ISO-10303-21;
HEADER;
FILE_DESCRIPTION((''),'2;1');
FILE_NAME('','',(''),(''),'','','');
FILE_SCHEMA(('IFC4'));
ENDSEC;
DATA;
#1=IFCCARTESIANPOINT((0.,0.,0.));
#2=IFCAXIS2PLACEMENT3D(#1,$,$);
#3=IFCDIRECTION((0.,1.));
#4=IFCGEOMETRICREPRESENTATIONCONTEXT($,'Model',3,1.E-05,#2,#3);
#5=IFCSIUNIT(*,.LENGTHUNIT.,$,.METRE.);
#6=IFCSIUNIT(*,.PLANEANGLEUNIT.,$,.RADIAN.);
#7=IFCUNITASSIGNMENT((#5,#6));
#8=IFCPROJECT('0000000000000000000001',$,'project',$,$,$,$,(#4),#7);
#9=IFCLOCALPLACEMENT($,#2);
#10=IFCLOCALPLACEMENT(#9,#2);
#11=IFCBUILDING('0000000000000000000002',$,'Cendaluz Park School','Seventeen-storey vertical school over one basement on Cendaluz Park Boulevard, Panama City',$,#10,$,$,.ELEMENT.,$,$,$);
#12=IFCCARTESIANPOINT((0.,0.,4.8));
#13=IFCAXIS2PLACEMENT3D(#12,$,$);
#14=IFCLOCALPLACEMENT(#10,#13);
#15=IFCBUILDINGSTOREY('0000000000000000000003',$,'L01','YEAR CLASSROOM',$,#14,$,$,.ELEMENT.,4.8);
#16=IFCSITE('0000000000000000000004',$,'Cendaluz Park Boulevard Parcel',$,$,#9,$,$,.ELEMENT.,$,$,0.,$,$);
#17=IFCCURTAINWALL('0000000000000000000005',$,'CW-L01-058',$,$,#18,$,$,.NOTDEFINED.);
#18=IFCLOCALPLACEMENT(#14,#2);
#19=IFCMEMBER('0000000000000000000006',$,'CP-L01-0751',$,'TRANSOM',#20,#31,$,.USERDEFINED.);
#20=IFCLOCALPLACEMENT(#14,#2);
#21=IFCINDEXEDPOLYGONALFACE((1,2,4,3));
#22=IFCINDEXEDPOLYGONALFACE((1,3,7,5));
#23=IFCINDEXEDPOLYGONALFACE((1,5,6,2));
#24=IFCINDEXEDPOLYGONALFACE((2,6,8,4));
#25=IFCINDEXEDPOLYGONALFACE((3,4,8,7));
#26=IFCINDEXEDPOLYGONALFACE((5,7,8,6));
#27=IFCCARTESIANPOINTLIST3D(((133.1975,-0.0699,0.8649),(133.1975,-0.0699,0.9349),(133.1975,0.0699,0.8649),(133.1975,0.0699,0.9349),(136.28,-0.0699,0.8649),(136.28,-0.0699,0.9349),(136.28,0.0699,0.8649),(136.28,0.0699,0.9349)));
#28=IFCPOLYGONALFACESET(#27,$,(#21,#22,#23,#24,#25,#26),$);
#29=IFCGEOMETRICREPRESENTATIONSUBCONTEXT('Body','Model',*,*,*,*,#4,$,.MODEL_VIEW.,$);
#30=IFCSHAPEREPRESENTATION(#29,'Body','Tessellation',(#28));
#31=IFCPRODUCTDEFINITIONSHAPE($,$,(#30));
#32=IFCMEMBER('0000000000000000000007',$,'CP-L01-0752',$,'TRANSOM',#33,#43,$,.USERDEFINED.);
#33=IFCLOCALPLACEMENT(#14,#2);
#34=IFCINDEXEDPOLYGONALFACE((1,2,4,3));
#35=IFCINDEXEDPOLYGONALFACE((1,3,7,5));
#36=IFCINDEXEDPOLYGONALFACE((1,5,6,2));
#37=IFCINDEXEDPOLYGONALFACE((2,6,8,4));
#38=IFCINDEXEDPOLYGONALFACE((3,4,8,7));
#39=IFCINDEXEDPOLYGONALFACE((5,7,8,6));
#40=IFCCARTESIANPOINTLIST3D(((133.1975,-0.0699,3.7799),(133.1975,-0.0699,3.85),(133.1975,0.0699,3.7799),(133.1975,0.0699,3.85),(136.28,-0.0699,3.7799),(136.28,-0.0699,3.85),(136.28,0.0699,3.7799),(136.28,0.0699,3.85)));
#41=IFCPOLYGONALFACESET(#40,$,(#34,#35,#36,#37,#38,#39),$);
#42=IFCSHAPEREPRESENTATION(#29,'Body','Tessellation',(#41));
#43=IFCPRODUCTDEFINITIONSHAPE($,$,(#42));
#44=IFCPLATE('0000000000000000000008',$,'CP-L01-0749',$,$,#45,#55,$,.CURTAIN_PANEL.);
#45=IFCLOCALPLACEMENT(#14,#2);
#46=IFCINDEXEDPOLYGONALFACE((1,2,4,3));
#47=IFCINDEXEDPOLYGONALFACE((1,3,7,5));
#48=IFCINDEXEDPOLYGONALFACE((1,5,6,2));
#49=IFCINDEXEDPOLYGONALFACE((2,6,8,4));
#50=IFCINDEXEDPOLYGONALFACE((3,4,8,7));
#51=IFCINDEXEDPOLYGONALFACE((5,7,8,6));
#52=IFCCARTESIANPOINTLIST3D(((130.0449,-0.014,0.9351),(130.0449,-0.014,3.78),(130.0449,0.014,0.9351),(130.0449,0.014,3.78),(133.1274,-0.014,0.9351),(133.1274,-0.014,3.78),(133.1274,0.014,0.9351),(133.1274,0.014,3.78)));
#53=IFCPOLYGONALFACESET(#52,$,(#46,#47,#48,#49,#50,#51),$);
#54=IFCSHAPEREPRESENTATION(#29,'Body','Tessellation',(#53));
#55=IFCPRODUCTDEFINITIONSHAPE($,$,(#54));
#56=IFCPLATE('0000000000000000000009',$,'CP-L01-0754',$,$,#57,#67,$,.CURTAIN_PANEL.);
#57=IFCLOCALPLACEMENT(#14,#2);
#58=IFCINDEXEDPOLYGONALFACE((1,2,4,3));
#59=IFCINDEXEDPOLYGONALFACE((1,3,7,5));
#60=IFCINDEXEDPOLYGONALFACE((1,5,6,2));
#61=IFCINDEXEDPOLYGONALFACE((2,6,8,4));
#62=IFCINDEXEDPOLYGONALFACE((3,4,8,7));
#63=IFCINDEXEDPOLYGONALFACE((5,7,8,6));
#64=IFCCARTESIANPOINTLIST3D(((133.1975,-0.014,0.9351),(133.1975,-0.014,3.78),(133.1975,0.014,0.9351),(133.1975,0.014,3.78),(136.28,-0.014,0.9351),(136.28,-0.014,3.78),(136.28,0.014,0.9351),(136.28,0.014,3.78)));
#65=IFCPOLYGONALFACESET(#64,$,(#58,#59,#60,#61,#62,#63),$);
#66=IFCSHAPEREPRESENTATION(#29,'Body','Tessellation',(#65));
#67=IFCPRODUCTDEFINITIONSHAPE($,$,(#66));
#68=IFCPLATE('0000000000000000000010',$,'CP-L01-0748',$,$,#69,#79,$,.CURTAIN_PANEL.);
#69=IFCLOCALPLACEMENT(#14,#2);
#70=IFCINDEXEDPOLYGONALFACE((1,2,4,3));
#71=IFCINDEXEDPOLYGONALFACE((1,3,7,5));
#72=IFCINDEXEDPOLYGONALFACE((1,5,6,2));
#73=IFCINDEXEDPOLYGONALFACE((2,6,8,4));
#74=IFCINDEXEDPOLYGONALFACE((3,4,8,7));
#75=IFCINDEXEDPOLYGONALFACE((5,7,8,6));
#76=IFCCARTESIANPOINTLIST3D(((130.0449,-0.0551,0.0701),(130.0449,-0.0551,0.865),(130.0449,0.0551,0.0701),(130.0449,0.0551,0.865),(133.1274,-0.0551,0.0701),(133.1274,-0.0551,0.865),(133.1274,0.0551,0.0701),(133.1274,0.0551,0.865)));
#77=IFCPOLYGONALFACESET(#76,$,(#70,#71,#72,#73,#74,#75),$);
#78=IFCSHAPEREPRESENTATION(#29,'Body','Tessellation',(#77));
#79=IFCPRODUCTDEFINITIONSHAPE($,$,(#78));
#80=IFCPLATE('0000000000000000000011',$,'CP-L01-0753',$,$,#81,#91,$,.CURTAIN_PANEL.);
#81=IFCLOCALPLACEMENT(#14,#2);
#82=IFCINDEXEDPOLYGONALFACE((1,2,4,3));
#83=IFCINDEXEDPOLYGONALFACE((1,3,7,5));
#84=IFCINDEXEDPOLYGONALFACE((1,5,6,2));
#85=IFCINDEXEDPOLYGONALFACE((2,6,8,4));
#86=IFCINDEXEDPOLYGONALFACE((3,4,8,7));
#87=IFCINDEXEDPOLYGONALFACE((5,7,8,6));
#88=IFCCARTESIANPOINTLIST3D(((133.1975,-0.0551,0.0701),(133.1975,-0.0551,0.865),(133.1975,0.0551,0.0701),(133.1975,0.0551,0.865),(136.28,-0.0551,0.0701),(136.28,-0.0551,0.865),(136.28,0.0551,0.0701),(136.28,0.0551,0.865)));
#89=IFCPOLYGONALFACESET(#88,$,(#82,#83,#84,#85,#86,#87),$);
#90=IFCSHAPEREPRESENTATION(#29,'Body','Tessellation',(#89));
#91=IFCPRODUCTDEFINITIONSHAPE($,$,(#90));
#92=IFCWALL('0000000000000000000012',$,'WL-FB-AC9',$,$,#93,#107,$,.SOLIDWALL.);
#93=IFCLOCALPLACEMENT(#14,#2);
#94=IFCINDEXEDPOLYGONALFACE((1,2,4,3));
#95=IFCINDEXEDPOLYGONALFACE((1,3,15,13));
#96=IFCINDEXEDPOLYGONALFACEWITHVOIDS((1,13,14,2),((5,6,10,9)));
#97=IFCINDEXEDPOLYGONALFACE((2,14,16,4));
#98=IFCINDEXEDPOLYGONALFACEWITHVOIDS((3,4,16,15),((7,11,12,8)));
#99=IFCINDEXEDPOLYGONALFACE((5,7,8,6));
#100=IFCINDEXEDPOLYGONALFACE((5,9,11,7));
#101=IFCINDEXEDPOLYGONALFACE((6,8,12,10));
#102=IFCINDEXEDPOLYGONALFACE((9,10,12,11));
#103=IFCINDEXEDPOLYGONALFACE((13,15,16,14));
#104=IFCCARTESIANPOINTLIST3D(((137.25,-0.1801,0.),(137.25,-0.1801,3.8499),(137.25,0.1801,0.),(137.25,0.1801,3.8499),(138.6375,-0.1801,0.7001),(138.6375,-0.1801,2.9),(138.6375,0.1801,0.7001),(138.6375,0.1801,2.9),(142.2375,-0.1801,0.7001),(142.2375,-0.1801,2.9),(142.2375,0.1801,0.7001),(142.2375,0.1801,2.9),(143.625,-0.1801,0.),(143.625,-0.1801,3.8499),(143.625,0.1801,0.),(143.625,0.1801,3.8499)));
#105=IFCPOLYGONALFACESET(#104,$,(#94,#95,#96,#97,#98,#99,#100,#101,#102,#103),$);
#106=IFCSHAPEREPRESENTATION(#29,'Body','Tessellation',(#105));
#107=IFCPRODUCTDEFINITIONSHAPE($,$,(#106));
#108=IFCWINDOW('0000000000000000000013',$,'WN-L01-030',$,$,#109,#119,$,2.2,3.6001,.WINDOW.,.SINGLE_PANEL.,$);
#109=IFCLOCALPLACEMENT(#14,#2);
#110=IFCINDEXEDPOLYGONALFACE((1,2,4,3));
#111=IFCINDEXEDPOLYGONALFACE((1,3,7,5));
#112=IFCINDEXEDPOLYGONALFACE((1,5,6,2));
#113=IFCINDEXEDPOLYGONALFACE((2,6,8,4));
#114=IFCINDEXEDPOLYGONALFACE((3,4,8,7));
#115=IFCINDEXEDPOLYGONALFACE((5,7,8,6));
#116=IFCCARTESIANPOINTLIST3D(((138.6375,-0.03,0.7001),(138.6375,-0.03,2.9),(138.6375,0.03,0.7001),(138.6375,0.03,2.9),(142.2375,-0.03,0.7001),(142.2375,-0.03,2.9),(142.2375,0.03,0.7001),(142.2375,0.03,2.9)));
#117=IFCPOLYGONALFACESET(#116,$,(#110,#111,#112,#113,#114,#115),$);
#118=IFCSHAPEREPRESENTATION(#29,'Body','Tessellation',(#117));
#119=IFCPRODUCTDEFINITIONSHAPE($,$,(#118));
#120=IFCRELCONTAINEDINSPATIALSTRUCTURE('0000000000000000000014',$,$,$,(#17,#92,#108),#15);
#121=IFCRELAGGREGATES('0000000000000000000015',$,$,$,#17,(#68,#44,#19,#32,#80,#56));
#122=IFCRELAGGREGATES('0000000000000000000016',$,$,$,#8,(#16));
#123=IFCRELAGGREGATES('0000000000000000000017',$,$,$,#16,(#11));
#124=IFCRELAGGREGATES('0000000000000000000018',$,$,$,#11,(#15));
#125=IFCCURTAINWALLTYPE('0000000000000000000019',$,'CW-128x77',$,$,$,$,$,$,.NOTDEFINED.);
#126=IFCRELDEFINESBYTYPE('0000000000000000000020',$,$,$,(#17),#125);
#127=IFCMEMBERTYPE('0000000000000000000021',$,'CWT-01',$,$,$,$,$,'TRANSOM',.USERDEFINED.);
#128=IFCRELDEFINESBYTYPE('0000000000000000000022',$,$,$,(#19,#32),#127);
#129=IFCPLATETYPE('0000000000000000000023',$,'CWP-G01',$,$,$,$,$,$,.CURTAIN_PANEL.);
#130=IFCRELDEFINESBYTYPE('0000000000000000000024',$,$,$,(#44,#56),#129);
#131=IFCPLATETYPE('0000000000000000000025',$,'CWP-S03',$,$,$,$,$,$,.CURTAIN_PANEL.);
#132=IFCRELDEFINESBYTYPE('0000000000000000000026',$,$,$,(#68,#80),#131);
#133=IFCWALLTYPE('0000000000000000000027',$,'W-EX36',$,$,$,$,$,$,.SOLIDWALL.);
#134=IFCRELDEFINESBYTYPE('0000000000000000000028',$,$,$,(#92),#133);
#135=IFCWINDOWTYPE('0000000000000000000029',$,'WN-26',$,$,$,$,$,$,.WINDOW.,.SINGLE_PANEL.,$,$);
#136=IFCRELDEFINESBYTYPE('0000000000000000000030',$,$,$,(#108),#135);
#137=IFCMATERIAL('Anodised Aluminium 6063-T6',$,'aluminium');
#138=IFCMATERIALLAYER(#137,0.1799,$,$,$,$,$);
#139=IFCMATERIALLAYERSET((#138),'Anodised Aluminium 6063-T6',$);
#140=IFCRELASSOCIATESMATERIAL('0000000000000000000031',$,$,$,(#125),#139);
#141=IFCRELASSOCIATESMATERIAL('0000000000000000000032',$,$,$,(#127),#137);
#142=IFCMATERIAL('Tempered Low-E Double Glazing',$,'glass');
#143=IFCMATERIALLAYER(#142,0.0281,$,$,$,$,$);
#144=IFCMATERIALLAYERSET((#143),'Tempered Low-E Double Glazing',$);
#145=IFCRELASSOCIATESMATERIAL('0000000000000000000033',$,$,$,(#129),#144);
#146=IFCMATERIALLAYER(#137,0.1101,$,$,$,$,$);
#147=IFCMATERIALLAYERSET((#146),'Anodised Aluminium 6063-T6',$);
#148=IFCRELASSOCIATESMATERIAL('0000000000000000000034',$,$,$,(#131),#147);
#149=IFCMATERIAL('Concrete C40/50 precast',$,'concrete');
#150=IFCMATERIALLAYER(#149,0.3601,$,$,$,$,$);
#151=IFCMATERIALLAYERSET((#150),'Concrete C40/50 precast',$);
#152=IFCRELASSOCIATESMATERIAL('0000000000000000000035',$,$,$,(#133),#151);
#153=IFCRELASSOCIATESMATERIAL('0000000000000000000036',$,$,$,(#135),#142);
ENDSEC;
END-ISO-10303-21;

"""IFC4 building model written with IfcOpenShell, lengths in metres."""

from ifc_helpers import new_model, si_unit, direction, frame, frame_2d, origin, origin_2d, place, context, subcontext, project, spatial, rectangle, extrude, material, layer, layer_set, material_profile, profile_set, type_object, element, fill, aggregate, save


model = new_model("IFC4")

# Units and contexts
model_context = context("Model", 3, precision=1e-05, world=origin(), true_north=direction((0.0, 1.0)))
body_context = subcontext(model_context, "Body", "Model", "MODEL_VIEW")
ifc_project = project(units=[si_unit("LENGTHUNIT", "METRE"), si_unit("PLANEANGLEUNIT", "RADIAN")], contexts=[model_context])

# Site, building, storey
site_placement = place(None, origin())
site = spatial("IfcSite", under=ifc_project, at=site_placement, Name="Cendaluz Park Boulevard Parcel", CompositionType="ELEMENT", RefElevation=0.0)
building_placement = place(site_placement, origin())
building = spatial("IfcBuilding", under=site, at=building_placement, Name="Cendaluz Park School", Description="Seventeen-storey vertical school over one basement on Cendaluz Park Boulevard, Panama City", CompositionType="ELEMENT")
storey_placement = place(building_placement, frame((0.0, 0.0, 4.8)))
storey = spatial("IfcBuildingStorey", under=building, at=storey_placement, Name="L01", Description="YEAR CLASSROOM", CompositionType="ELEMENT", Elevation=4.8)

# Curtain wall, members, plates
ifc_material_1 = material(Name="Anodised Aluminium 6063-T6", Category="aluminium")
ifc_layer_1 = layer(ifc_material_1, 0.1799)
ifc_layer_set_1 = layer_set([ifc_layer_1], Name="Anodised Aluminium 6063-T6")
curtain_wall_type = type_object("IfcCurtainWallType", Name="CW-128x77", PredefinedType="NOTDEFINED", material=ifc_layer_set_1)
curtain_wall_placement = place(storey_placement, origin())
curtain_wall = element("IfcCurtainWall", 1, at=curtain_wall_placement, inside=storey, type_object=curtain_wall_type, Name="CW-L01-058", PredefinedType="NOTDEFINED")
ifc_material_profile_1 = material_profile(ifc_material_1, rectangle(XDim=0.1399, YDim=0.0701, at=origin_2d()), Name="CWT 140x70", Category="aluminium")
ifc_profile_set_1 = profile_set([ifc_material_profile_1], Name="Anodised Aluminium 6063-T6")
member_type_1 = type_object("IfcMemberType", Name="CWT-01", ElementType="TRANSOM", PredefinedType="USERDEFINED", material=ifc_profile_set_1)
member_1_placement = place(storey_placement, frame((133.1975, 0.0, 0.8999), z_axis=(1.0, 0.0, 0.0), x_axis=(0.0, 1.0, 0.0)))
member_1 = element("IfcMember", 2, at=member_1_placement, type_object=member_type_1, Name="CP-L01-0751", ObjectType="TRANSOM", PredefinedType="USERDEFINED", context=body_context, shape_type="SweptSolid", body=[
    extrude(rectangle(XDim=0.1399, YDim=0.0701, at=origin_2d()), origin(), (0.0, 0.0, 1.0), 3.0825),
])
member_2_placement = place(storey_placement, frame((133.1975, 0.0, 3.8149), z_axis=(1.0, 0.0, 0.0), x_axis=(0.0, 1.0, 0.0)))
member_2 = element("IfcMember", 3, at=member_2_placement, type_object=member_type_1, Name="CP-L01-0752", ObjectType="TRANSOM", PredefinedType="USERDEFINED", context=body_context, shape_type="SweptSolid", body=[
    extrude(rectangle(XDim=0.1399, YDim=0.0701, at=origin_2d()), origin(), (0.0, 0.0, 1.0), 3.0825),
])
ifc_material_2 = material(Name="Tempered Low-E Double Glazing", Category="glass")
ifc_layer_2 = layer(ifc_material_2, 0.0281)
ifc_layer_set_2 = layer_set([ifc_layer_2], Name="Tempered Low-E Double Glazing")
plate_type_1 = type_object("IfcPlateType", Name="CWP-G01", PredefinedType="CURTAIN_PANEL", material=ifc_layer_set_2)
plate_1_placement = place(storey_placement, frame((131.5862, 0.0, 0.9351), z_axis=(0.0, 0.0, 1.0), x_axis=(1.0, 0.0, 0.0)))
plate_1 = element("IfcPlate", 4, at=plate_1_placement, type_object=plate_type_1, Name="CP-L01-0749", PredefinedType="CURTAIN_PANEL", context=body_context, shape_type="SweptSolid", body=[
    extrude(rectangle(XDim=3.0825, YDim=0.0281, at=origin_2d()), origin(), (0.0, 0.0, 1.0), 2.845),
])
plate_2_placement = place(storey_placement, frame((134.7388, 0.0, 0.9351), z_axis=(0.0, 0.0, 1.0), x_axis=(1.0, 0.0, 0.0)))
plate_2 = element("IfcPlate", 5, at=plate_2_placement, type_object=plate_type_1, Name="CP-L01-0754", PredefinedType="CURTAIN_PANEL", context=body_context, shape_type="SweptSolid", body=[
    extrude(rectangle(XDim=3.0825, YDim=0.0281, at=origin_2d()), origin(), (0.0, 0.0, 1.0), 2.845),
])
ifc_layer_3 = layer(ifc_material_1, 0.1101)
ifc_layer_set_3 = layer_set([ifc_layer_3], Name="Anodised Aluminium 6063-T6")
plate_type_2 = type_object("IfcPlateType", Name="CWP-S03", PredefinedType="CURTAIN_PANEL", material=ifc_layer_set_3)
plate_3_placement = place(storey_placement, frame((131.5862, 0.0, 0.0701), z_axis=(0.0, 0.0, 1.0), x_axis=(1.0, 0.0, 0.0)))
plate_3 = element("IfcPlate", 6, at=plate_3_placement, type_object=plate_type_2, Name="CP-L01-0748", PredefinedType="CURTAIN_PANEL", context=body_context, shape_type="SweptSolid", body=[
    extrude(rectangle(XDim=3.0825, YDim=0.1101, at=origin_2d()), origin(), (0.0, 0.0, 1.0), 0.7949),
])
plate_4_placement = place(storey_placement, frame((134.7388, 0.0, 0.0701), z_axis=(0.0, 0.0, 1.0), x_axis=(1.0, 0.0, 0.0)))
plate_4 = element("IfcPlate", 7, at=plate_4_placement, type_object=plate_type_2, Name="CP-L01-0753", PredefinedType="CURTAIN_PANEL", context=body_context, shape_type="SweptSolid", body=[
    extrude(rectangle(XDim=3.0825, YDim=0.1101, at=origin_2d()), origin(), (0.0, 0.0, 1.0), 0.7949),
])
aggregate(curtain_wall, [plate_3, plate_1, member_1, member_2, plate_4, plate_2])

# Wall, opening, window
ifc_material_3 = material(Name="Concrete C40/50 precast", Category="concrete")
ifc_layer_4 = layer(ifc_material_3, 0.3601)
ifc_layer_set_4 = layer_set([ifc_layer_4], Name="Concrete C40/50 precast")
wall_type = type_object("IfcWallType", Name="W-EX36", PredefinedType="SOLIDWALL", material=ifc_layer_set_4)
wall_placement = place(storey_placement, frame((137.25, 0.0, 0.0), z_axis=(0.0, 0.0, 1.0), x_axis=(1.0, 0.0, 0.0)))
wall = element("IfcWall", 8, at=wall_placement, inside=storey, type_object=wall_type, Name="WL-FB-AC9", PredefinedType="SOLIDWALL", context=body_context, shape_type="SweptSolid", body=[
    extrude(rectangle(XDim=6.375, YDim=0.3601, at=frame_2d((3.1875, 0.0))), origin(), (0.0, 0.0, 1.0), 3.8499),
])
opening_placement = place(wall_placement, frame((1.3875, 0.0, 0.7)))
opening = element("IfcOpeningElement", 9, at=opening_placement, cuts=wall, PredefinedType="OPENING", context=body_context, shape_type="SweptSolid", body=[
    extrude(rectangle(XDim=3.6001, YDim=2.2, at=frame_2d((1.8, 1.1001))), frame((0.0, 0.1921, 0.0), z_axis=(0.0, -1.0, 0.0), x_axis=(1.0, 0.0, 0.0)), (0.0, 0.0, 1.0), 0.384),
])
window_type = type_object("IfcWindowType", Name="WN-26", PartitioningType="SINGLE_PANEL", PredefinedType="WINDOW", material=ifc_material_2)
window_placement = place(opening_placement, origin())
window = element("IfcWindow", 10, at=window_placement, inside=storey, type_object=window_type, Name="WN-L01-030", OverallHeight=2.2, OverallWidth=3.6001, PartitioningType="SINGLE_PANEL", PredefinedType="WINDOW", context=body_context, shape_type="SweptSolid", body=[
    extrude(rectangle(XDim=3.6001, YDim=2.2, at=frame_2d((1.8, 1.1001))), frame((0.0, 0.03, 0.0), z_axis=(0.0, -1.0, 0.0), x_axis=(1.0, 0.0, 0.0)), (0.0, 0.0, 1.0), 0.0601),
])
fill(opening, window)

save(model, "model.ifc")
